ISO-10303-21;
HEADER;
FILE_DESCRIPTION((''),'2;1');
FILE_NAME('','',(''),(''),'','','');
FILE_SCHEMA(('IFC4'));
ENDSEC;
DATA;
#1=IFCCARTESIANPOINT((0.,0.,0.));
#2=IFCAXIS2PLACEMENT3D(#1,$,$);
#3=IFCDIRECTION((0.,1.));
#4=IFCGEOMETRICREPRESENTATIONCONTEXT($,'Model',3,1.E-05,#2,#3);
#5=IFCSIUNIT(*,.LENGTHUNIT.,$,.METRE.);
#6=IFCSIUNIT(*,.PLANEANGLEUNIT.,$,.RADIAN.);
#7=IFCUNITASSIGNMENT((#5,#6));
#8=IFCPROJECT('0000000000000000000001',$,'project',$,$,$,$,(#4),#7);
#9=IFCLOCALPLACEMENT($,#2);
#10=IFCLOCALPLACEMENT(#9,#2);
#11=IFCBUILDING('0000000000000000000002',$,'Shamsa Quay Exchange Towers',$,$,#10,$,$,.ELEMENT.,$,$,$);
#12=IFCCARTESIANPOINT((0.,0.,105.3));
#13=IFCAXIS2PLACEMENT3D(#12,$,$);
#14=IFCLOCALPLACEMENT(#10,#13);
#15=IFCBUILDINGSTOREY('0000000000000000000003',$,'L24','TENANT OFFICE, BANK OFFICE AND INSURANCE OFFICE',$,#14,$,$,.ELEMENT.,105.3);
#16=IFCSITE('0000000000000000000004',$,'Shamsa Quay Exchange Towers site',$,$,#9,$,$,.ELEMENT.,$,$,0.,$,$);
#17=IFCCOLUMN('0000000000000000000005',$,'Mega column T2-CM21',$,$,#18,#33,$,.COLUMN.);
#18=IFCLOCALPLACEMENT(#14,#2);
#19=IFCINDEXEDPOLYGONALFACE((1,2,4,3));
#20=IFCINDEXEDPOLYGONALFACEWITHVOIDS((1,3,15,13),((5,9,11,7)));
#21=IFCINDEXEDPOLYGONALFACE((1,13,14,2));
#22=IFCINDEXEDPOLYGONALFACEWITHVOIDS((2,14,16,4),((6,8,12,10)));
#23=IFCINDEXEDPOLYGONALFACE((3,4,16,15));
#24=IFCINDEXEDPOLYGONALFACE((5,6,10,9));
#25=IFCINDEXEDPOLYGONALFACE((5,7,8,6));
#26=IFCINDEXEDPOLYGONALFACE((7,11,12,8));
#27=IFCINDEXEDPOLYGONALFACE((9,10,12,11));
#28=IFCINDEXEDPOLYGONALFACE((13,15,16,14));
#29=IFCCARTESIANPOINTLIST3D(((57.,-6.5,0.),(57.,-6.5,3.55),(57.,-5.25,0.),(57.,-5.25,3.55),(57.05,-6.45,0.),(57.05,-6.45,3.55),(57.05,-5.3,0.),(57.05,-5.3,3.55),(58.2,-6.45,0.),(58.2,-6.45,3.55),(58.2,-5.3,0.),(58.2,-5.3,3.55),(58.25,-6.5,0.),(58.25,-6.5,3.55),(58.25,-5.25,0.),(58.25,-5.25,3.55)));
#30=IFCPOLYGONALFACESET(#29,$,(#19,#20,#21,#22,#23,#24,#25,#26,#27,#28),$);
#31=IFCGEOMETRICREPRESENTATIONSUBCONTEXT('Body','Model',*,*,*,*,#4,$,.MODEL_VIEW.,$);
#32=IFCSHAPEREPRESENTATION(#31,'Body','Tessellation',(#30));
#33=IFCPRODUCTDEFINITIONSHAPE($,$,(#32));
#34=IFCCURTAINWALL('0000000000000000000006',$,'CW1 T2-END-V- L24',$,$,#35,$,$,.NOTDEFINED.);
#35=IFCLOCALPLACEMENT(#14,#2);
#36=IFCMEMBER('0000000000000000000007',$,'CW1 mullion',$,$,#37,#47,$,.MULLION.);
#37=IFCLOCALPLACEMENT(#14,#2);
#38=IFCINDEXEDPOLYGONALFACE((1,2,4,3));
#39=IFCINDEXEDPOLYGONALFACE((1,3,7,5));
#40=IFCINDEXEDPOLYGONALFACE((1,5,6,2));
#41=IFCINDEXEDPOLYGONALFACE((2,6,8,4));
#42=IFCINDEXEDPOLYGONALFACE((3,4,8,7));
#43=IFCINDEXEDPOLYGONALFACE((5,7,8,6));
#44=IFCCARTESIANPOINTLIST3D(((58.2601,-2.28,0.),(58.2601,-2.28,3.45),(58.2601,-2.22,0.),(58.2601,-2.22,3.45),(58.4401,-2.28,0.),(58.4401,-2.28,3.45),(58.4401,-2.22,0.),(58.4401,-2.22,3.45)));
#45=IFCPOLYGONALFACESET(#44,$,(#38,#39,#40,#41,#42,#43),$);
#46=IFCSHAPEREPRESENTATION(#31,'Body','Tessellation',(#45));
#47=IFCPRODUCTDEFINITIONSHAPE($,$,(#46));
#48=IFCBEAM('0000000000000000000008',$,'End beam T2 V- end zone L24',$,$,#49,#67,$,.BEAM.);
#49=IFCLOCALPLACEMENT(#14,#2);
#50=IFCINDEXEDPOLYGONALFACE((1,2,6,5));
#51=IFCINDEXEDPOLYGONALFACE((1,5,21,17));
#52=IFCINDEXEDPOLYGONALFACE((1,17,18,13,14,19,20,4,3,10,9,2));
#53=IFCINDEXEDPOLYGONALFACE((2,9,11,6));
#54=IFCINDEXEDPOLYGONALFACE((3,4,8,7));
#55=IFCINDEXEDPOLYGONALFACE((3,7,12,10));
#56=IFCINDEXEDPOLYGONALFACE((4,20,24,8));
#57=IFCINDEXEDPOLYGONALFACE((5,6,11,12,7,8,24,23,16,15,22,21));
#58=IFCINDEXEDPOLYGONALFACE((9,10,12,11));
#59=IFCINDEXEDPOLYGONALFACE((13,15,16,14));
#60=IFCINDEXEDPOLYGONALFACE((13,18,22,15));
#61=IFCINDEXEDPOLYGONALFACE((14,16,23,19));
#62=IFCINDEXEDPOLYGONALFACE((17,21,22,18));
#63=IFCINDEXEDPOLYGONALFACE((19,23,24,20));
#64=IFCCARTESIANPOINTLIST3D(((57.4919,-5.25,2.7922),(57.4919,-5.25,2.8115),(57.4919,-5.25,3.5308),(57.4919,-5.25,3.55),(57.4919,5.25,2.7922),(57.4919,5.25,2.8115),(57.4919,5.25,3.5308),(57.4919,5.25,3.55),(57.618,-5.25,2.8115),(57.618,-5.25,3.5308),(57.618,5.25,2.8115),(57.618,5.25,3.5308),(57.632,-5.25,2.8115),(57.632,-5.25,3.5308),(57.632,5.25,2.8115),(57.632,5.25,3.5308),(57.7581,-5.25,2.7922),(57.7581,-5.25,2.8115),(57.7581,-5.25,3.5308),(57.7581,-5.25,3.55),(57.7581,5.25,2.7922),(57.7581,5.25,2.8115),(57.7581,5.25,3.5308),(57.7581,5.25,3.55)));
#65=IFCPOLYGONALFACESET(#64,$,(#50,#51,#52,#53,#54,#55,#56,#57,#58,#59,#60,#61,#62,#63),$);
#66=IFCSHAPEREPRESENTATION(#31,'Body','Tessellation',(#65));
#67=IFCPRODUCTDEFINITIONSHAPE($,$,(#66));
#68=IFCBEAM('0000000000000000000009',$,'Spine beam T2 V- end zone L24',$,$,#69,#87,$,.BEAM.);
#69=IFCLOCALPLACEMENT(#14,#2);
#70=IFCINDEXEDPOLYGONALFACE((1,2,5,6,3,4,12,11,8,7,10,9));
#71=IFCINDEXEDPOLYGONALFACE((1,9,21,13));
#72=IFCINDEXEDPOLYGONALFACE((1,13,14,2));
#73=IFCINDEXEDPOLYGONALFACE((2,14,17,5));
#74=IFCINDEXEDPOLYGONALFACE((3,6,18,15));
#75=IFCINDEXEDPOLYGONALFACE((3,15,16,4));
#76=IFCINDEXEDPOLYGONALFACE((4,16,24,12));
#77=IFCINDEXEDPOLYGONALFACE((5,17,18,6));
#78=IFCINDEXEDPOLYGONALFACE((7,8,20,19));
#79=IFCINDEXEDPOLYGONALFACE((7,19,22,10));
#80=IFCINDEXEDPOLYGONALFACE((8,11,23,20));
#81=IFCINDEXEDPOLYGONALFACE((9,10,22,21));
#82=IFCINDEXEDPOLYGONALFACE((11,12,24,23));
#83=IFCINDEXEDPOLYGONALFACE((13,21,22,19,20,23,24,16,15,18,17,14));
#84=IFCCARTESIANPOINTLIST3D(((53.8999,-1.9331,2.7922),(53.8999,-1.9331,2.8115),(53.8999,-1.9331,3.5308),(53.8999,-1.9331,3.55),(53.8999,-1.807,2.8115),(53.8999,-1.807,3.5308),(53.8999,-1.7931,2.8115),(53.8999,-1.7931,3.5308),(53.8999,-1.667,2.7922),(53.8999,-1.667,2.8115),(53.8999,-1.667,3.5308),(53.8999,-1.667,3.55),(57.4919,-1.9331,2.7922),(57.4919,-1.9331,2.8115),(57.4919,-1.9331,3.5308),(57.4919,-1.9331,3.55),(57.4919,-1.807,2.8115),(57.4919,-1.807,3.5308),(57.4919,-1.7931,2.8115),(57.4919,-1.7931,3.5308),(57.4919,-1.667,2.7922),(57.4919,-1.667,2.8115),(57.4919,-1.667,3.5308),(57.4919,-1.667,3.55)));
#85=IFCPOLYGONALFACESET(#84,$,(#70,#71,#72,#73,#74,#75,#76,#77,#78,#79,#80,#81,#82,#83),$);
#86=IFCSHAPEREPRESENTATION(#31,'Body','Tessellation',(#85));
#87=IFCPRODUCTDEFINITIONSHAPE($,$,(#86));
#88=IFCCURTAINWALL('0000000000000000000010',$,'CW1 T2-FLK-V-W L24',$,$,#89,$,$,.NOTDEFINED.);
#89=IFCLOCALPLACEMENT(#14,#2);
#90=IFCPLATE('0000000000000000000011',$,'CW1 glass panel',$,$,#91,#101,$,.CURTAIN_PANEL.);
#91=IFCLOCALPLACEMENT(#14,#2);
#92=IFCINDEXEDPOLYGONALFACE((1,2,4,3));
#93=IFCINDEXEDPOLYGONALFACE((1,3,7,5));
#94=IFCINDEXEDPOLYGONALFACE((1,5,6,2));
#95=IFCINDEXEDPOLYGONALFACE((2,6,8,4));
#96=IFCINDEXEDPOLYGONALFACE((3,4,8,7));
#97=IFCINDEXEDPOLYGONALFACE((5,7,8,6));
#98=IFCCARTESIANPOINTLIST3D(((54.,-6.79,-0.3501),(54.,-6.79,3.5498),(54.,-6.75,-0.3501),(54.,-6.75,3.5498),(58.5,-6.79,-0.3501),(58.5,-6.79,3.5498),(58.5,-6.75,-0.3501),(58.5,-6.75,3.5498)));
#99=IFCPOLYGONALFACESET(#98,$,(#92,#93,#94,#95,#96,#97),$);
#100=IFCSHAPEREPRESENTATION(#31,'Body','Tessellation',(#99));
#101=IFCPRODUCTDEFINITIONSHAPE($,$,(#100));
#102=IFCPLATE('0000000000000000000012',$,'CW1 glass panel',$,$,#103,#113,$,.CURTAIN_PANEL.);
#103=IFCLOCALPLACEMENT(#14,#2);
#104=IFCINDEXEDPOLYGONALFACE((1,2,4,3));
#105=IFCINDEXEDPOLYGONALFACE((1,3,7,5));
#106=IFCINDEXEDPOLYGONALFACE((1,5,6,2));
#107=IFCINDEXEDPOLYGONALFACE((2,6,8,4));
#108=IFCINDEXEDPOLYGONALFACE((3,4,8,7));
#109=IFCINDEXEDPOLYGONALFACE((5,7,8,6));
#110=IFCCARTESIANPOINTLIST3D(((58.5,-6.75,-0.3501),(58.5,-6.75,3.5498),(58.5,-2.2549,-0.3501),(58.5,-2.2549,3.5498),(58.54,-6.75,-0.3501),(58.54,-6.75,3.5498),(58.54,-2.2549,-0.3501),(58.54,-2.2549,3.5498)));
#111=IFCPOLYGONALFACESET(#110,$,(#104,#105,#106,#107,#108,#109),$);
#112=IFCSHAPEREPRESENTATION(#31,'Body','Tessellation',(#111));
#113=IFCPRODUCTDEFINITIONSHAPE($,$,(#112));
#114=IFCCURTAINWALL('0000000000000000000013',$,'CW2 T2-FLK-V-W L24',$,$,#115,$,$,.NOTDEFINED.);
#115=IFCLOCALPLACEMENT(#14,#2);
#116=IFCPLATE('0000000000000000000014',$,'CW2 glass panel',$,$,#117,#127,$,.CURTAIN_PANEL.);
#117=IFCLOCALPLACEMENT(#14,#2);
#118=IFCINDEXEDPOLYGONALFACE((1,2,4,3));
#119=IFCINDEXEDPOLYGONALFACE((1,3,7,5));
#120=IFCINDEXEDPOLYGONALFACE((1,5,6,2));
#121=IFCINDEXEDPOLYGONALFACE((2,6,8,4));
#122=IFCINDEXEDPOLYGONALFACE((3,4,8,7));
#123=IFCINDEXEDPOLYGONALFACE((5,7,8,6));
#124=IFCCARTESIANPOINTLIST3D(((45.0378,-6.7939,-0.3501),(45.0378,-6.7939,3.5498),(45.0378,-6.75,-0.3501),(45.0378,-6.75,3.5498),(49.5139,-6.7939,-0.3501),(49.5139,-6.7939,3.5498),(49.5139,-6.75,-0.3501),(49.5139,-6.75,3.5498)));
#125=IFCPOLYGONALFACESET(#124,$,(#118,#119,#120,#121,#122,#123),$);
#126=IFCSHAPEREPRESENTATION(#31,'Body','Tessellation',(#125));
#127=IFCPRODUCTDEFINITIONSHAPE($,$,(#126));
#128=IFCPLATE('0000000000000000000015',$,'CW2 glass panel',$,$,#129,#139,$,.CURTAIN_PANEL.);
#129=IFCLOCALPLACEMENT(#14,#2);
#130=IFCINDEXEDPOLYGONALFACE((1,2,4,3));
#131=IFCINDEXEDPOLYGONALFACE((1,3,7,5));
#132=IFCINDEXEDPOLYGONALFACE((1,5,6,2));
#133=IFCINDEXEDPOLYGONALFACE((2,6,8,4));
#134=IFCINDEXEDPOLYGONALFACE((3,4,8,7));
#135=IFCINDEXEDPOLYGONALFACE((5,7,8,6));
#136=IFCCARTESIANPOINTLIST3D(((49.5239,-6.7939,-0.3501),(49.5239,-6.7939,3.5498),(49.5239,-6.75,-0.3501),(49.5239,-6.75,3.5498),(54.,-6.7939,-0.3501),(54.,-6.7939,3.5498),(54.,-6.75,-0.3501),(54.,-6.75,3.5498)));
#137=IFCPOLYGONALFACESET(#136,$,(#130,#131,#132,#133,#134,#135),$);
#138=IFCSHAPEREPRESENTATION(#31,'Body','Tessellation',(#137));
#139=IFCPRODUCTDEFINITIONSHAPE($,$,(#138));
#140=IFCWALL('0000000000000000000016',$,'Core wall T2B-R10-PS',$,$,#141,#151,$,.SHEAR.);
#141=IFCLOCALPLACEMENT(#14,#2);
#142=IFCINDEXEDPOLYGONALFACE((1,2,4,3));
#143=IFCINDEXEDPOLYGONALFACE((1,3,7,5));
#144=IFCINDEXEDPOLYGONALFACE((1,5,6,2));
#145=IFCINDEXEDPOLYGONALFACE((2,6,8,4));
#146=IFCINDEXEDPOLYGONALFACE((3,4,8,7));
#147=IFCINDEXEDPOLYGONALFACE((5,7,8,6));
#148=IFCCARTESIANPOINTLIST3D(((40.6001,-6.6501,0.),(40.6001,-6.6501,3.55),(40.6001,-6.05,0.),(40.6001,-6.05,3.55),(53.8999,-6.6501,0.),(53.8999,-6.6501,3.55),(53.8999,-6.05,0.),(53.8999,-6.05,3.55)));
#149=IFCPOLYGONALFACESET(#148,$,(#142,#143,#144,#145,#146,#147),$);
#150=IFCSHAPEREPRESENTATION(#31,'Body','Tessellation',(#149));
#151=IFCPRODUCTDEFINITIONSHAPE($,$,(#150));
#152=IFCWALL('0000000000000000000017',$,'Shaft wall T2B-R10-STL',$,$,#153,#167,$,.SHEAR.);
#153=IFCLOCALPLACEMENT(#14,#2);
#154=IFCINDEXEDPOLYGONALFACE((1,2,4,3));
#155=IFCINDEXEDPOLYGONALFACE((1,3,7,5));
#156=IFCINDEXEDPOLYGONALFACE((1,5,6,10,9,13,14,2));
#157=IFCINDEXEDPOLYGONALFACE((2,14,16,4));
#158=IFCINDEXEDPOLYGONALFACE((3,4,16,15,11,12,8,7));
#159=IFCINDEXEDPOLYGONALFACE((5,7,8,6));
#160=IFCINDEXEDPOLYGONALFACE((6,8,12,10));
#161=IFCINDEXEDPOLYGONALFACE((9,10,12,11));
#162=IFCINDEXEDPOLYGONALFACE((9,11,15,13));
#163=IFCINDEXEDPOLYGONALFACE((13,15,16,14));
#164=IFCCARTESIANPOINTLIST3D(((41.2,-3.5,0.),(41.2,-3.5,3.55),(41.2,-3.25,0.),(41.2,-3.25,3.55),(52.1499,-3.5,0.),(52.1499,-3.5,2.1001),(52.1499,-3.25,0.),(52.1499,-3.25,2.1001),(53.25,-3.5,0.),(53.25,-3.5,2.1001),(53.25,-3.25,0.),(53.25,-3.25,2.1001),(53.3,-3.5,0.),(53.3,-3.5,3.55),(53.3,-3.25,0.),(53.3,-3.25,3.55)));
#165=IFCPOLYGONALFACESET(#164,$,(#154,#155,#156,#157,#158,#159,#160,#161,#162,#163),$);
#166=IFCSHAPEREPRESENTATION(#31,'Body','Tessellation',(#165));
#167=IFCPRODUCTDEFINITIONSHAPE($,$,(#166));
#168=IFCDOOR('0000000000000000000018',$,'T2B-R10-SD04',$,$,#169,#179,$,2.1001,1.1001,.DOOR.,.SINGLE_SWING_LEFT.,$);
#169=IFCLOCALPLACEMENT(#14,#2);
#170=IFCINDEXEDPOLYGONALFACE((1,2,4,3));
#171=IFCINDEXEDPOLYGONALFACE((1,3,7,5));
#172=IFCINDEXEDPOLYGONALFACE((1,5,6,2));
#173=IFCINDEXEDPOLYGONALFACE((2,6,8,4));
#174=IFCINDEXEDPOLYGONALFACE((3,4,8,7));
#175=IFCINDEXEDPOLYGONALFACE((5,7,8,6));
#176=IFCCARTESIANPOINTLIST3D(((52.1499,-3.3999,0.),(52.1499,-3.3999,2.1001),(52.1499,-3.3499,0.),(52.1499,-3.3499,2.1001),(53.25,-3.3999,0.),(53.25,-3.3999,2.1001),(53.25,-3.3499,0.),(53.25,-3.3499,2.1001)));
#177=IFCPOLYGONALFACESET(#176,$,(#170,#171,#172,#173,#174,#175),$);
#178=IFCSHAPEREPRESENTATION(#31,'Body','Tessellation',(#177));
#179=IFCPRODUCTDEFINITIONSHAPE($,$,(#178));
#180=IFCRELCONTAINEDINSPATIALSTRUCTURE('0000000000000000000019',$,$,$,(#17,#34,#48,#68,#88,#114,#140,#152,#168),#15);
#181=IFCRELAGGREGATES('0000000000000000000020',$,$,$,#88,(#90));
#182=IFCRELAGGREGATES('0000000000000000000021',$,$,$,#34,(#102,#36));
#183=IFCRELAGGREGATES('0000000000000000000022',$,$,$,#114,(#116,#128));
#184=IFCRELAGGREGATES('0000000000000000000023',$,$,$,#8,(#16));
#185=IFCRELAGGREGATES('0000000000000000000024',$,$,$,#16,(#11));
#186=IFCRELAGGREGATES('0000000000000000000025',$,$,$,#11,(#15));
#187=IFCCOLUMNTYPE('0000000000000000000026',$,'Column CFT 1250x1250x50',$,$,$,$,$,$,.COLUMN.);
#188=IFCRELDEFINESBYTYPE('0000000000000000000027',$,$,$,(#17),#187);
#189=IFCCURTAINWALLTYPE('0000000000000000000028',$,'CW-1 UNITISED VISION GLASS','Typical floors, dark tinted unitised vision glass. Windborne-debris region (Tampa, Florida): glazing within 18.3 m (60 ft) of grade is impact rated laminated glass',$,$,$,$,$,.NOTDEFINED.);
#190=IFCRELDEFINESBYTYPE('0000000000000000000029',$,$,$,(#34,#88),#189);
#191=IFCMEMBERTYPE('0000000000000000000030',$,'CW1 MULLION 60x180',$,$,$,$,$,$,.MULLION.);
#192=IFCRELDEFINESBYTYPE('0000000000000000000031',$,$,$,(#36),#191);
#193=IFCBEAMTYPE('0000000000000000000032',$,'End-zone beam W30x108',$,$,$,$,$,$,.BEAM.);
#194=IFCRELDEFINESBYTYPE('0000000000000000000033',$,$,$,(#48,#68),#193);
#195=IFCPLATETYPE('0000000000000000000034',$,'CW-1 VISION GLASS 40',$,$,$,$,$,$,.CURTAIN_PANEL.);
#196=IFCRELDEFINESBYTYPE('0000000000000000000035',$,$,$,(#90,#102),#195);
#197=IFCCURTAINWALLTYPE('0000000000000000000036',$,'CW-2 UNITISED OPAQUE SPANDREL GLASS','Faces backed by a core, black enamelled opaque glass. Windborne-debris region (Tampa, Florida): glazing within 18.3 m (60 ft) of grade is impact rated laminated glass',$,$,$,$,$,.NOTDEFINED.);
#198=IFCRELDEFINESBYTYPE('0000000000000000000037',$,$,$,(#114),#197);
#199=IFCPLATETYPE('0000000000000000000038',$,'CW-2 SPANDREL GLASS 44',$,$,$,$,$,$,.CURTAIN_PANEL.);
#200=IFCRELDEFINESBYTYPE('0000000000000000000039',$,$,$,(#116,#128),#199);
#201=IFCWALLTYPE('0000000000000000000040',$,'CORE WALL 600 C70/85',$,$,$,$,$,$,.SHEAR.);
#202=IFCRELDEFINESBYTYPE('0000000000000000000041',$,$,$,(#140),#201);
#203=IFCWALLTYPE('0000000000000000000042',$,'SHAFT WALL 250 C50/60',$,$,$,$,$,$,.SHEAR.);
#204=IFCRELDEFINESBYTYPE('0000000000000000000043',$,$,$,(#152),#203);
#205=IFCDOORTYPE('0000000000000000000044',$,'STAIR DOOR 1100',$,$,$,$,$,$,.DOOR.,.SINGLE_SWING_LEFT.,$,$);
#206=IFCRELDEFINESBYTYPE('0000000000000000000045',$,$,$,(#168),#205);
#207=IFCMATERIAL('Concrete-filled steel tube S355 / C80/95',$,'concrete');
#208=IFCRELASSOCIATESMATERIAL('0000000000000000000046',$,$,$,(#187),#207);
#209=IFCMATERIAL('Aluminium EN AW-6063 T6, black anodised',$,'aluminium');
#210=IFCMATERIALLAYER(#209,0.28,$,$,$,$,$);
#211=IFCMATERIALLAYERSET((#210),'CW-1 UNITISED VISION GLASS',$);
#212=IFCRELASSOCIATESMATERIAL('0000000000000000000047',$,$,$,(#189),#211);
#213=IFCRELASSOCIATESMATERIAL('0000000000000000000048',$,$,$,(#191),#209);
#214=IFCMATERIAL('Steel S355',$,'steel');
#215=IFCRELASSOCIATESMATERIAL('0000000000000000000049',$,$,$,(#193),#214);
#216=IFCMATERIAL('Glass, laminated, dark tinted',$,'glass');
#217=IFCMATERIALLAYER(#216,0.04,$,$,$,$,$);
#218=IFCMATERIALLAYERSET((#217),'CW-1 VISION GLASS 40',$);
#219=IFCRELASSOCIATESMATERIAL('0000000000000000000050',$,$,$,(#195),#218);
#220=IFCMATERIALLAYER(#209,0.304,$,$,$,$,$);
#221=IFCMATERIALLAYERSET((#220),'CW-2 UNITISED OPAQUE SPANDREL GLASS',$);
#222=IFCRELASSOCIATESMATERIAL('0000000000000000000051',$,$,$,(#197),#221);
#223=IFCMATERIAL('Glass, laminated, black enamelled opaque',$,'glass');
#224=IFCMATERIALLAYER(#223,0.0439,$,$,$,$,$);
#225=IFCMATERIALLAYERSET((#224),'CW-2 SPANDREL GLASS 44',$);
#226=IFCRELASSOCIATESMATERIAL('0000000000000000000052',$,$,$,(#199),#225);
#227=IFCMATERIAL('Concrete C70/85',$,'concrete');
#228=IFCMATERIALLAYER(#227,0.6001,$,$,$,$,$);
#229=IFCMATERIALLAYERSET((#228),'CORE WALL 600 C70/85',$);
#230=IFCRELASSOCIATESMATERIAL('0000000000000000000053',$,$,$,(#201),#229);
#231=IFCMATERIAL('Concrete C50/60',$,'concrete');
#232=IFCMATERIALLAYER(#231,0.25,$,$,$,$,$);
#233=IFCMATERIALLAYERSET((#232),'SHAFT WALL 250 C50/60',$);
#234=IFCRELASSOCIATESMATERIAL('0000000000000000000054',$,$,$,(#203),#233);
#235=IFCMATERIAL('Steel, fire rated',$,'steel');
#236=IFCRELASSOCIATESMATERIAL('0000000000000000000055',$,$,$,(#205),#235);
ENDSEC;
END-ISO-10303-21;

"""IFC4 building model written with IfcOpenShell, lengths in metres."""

from ifc_helpers import new_model, si_unit, direction, frame, frame_2d, origin, origin_2d, place, context, subcontext, project, spatial, rectangle, hollow_rectangle, i_section, extrude, material, layer, layer_set, material_profile, profile_set, type_object, element, fill, aggregate, save


model = new_model("IFC4")

# Units and contexts
model_context = context("Model", 3, precision=1e-05, world=origin(), true_north=direction((0.0, 1.0)))
body_context = subcontext(model_context, "Body", "Model", "MODEL_VIEW")
ifc_project = project(units=[si_unit("LENGTHUNIT", "METRE"), si_unit("PLANEANGLEUNIT", "RADIAN")], contexts=[model_context])

# Site, building, storey
site_placement = place(None, origin())
site = spatial("IfcSite", under=ifc_project, at=site_placement, Name="Shamsa Quay Exchange Towers site", CompositionType="ELEMENT", RefElevation=0.0)
building_placement = place(site_placement, origin())
building = spatial("IfcBuilding", under=site, at=building_placement, Name="Shamsa Quay Exchange Towers", CompositionType="ELEMENT")
storey_placement = place(building_placement, frame((0.0, 0.0, 105.3)))
storey = spatial("IfcBuildingStorey", under=building, at=storey_placement, Name="L24", Description="TENANT OFFICE, BANK OFFICE AND INSURANCE OFFICE", CompositionType="ELEMENT", Elevation=105.3)

# Column
ifc_material_1 = material(Name="Concrete-filled steel tube S355 / C80/95", Category="concrete")
ifc_material_profile_1 = material_profile(ifc_material_1, hollow_rectangle(XDim=1.25, YDim=1.25, WallThickness=0.05, at=origin_2d()), Name="CFT 1250x1250x50")
ifc_profile_set_1 = profile_set([ifc_material_profile_1], Name="Concrete-filled steel tube S355 / C80/95")
column_type = type_object("IfcColumnType", Name="Column CFT 1250x1250x50", PredefinedType="COLUMN", material=ifc_profile_set_1)
column_placement = place(storey_placement, frame((57.625, -5.875, 0.0)))
element("IfcColumn", 1, at=column_placement, inside=storey, type_object=column_type, Name="Mega column T2-CM21", PredefinedType="COLUMN", context=body_context, shape_type="SweptSolid", body=[
    extrude(hollow_rectangle(XDim=1.25, YDim=1.25, WallThickness=0.05, at=origin_2d()), origin(), (0.0, 0.0, 1.0), 3.55),
])

# Curtain wall, member
ifc_material_2 = material(Name="Aluminium EN AW-6063 T6, black anodised", Category="aluminium")
ifc_layer_1 = layer(ifc_material_2, 0.28)
ifc_layer_set_1 = layer_set([ifc_layer_1], Name="CW-1 UNITISED VISION GLASS")
curtain_wall_type_1 = type_object("IfcCurtainWallType", Name="CW-1 UNITISED VISION GLASS", Description="Typical floors, dark tinted unitised vision glass. Windborne-debris region (Tampa, Florida): glazing within 18.3 m (60 ft) of grade is impact rated laminated glass", PredefinedType="NOTDEFINED", material=ifc_layer_set_1)
curtain_wall_1_placement = place(storey_placement, origin())
curtain_wall_1 = element("IfcCurtainWall", 2, at=curtain_wall_1_placement, inside=storey, type_object=curtain_wall_type_1, Name="CW1 T2-END-V- L24", PredefinedType="NOTDEFINED")
ifc_material_profile_2 = material_profile(ifc_material_2, rectangle(XDim=0.1799, YDim=0.0601, at=origin_2d()), Name="MU60x180")
ifc_profile_set_2 = profile_set([ifc_material_profile_2], Name="Aluminium EN AW-6063 T6, black anodised")
member_type = type_object("IfcMemberType", Name="CW1 MULLION 60x180", PredefinedType="MULLION", material=ifc_profile_set_2)
member_placement = place(storey_placement, frame((58.3501, -2.25, 0.0), z_axis=(0.0, 0.0, 1.0), x_axis=(-1.0, 0.0, 0.0)))
member = element("IfcMember", 3, at=member_placement, type_object=member_type, Name="CW1 mullion", PredefinedType="MULLION", context=body_context, shape_type="SweptSolid", body=[
    extrude(rectangle(XDim=0.1799, YDim=0.0601, at=origin_2d()), origin(), (0.0, 0.0, 1.0), 3.45),
])

# Beams
ifc_material_3 = material(Name="Steel S355", Category="steel")
ifc_material_profile_3 = material_profile(ifc_material_3, i_section(OverallWidth=0.2661, OverallDepth=0.7578, WebThickness=0.0139, FlangeThickness=0.0193, at=origin_2d()), Name="W30x108")
ifc_profile_set_3 = profile_set([ifc_material_profile_3], Name="Steel S355")
beam_type = type_object("IfcBeamType", Name="End-zone beam W30x108", PredefinedType="BEAM", material=ifc_profile_set_3)
beam_1_placement = place(storey_placement, frame((57.625, -5.25, 3.1711), z_axis=(0.0, 1.0, 0.0), x_axis=(-1.0, 0.0, 0.0)))
element("IfcBeam", 4, at=beam_1_placement, inside=storey, type_object=beam_type, Name="End beam T2 V- end zone L24", PredefinedType="BEAM", context=body_context, shape_type="SweptSolid", body=[
    extrude(i_section(OverallWidth=0.2661, OverallDepth=0.7578, WebThickness=0.0139, FlangeThickness=0.0193, at=origin_2d()), origin(), (0.0, 0.0, 1.0), 10.5),
])
beam_2_placement = place(storey_placement, frame((53.8999, -1.8, 3.1711), z_axis=(1.0, 0.0, 0.0), x_axis=(0.0, 1.0, 0.0)))
element("IfcBeam", 5, at=beam_2_placement, inside=storey, type_object=beam_type, Name="Spine beam T2 V- end zone L24", PredefinedType="BEAM", context=body_context, shape_type="SweptSolid", body=[
    extrude(i_section(OverallWidth=0.2661, OverallDepth=0.7578, WebThickness=0.0139, FlangeThickness=0.0193, at=origin_2d()), origin(), (0.0, 0.0, 1.0), 3.592),
])

# Curtain wall, plate
curtain_wall_2_placement = place(storey_placement, origin())
curtain_wall_2 = element("IfcCurtainWall", 6, at=curtain_wall_2_placement, inside=storey, type_object=curtain_wall_type_1, Name="CW1 T2-FLK-V-W L24", PredefinedType="NOTDEFINED")
ifc_material_4 = material(Name="Glass, laminated, dark tinted", Category="glass")
ifc_layer_2 = layer(ifc_material_4, 0.04)
ifc_layer_set_2 = layer_set([ifc_layer_2], Name="CW-1 VISION GLASS 40")
plate_type_1 = type_object("IfcPlateType", Name="CW-1 VISION GLASS 40", PredefinedType="CURTAIN_PANEL", material=ifc_layer_set_2)
plate_1_placement = place(storey_placement, frame((56.25, -6.77, -0.3501)))
plate_1 = element("IfcPlate", 7, at=plate_1_placement, type_object=plate_type_1, Name="CW1 glass panel", PredefinedType="CURTAIN_PANEL", context=body_context, shape_type="SweptSolid", body=[
    extrude(rectangle(XDim=4.5, YDim=0.04, at=origin_2d()), origin(), (0.0, 0.0, 1.0), 3.8999),
])
aggregate(curtain_wall_2, [plate_1])

# Plate
plate_2_placement = place(storey_placement, frame((58.52, -4.5024, -0.3501), z_axis=(0.0, 0.0, 1.0), x_axis=(0.0, 1.0, 0.0)))
plate_2 = element("IfcPlate", 8, at=plate_2_placement, type_object=plate_type_1, Name="CW1 glass panel", PredefinedType="CURTAIN_PANEL", context=body_context, shape_type="SweptSolid", body=[
    extrude(rectangle(XDim=4.4951, YDim=0.04, at=origin_2d()), origin(), (0.0, 0.0, 1.0), 3.8999),
])
aggregate(curtain_wall_1, [plate_2, member])

# Curtain wall, plates
ifc_layer_3 = layer(ifc_material_2, 0.304)
ifc_layer_set_3 = layer_set([ifc_layer_3], Name="CW-2 UNITISED OPAQUE SPANDREL GLASS")
curtain_wall_type_2 = type_object("IfcCurtainWallType", Name="CW-2 UNITISED OPAQUE SPANDREL GLASS", Description="Faces backed by a core, black enamelled opaque glass. Windborne-debris region (Tampa, Florida): glazing within 18.3 m (60 ft) of grade is impact rated laminated glass", PredefinedType="NOTDEFINED", material=ifc_layer_set_3)
curtain_wall_3_placement = place(storey_placement, origin())
curtain_wall_3 = element("IfcCurtainWall", 9, at=curtain_wall_3_placement, inside=storey, type_object=curtain_wall_type_2, Name="CW2 T2-FLK-V-W L24", PredefinedType="NOTDEFINED")
ifc_material_5 = material(Name="Glass, laminated, black enamelled opaque", Category="glass")
ifc_layer_4 = layer(ifc_material_5, 0.0439)
ifc_layer_set_4 = layer_set([ifc_layer_4], Name="CW-2 SPANDREL GLASS 44")
plate_type_2 = type_object("IfcPlateType", Name="CW-2 SPANDREL GLASS 44", PredefinedType="CURTAIN_PANEL", material=ifc_layer_set_4)
plate_3_placement = place(storey_placement, frame((47.2759, -6.772, -0.3501)))
plate_3 = element("IfcPlate", 10, at=plate_3_placement, type_object=plate_type_2, Name="CW2 glass panel", PredefinedType="CURTAIN_PANEL", context=body_context, shape_type="SweptSolid", body=[
    extrude(rectangle(XDim=4.4761, YDim=0.0439, at=origin_2d()), origin(), (0.0, 0.0, 1.0), 3.8999),
])
plate_4_placement = place(storey_placement, frame((51.762, -6.772, -0.3501)))
plate_4 = element("IfcPlate", 11, at=plate_4_placement, type_object=plate_type_2, Name="CW2 glass panel", PredefinedType="CURTAIN_PANEL", context=body_context, shape_type="SweptSolid", body=[
    extrude(rectangle(XDim=4.4761, YDim=0.0439, at=origin_2d()), origin(), (0.0, 0.0, 1.0), 3.8999),
])
aggregate(curtain_wall_3, [plate_3, plate_4])

# Wall
ifc_material_6 = material(Name="Concrete C70/85", Category="concrete")
ifc_layer_5 = layer(ifc_material_6, 0.6001)
ifc_layer_set_5 = layer_set([ifc_layer_5], Name="CORE WALL 600 C70/85")
wall_type_1 = type_object("IfcWallType", Name="CORE WALL 600 C70/85", PredefinedType="SHEAR", material=ifc_layer_set_5)
wall_1_placement = place(storey_placement, frame((53.8999, -6.3501, 0.0), z_axis=(0.0, 0.0, 1.0), x_axis=(-1.0, 0.0, 0.0)))
element("IfcWall", 12, at=wall_1_placement, inside=storey, type_object=wall_type_1, Name="Core wall T2B-R10-PS", PredefinedType="SHEAR", context=body_context, shape_type="SweptSolid", body=[
    extrude(rectangle(XDim=13.2998, YDim=0.6001, at=frame_2d((6.6499, 0.0))), origin(), (0.0, 0.0, 1.0), 3.55),
])

# Wall, opening, door
ifc_material_7 = material(Name="Steel, fire rated", Category="steel")
ifc_material_8 = material(Name="Concrete C50/60", Category="concrete")
ifc_layer_6 = layer(ifc_material_8, 0.25)
ifc_layer_set_6 = layer_set([ifc_layer_6], Name="SHAFT WALL 250 C50/60")
wall_type_2 = type_object("IfcWallType", Name="SHAFT WALL 250 C50/60", PredefinedType="SHEAR", material=ifc_layer_set_6)
wall_2_placement = place(storey_placement, frame((53.3, -3.375, 0.0), z_axis=(0.0, 0.0, 1.0), x_axis=(-1.0, 0.0, 0.0)))
wall_2 = element("IfcWall", 13, at=wall_2_placement, inside=storey, type_object=wall_type_2, Name="Shaft wall T2B-R10-STL", PredefinedType="SHEAR", context=body_context, shape_type="SweptSolid", body=[
    extrude(rectangle(XDim=12.1001, YDim=0.25, at=frame_2d((6.05, 0.0))), origin(), (0.0, 0.0, 1.0), 3.55),
])
opening_1_placement = place(wall_2_placement, frame((0.05, 0.0, 0.0)))
opening_1 = element("IfcOpeningElement", 14, at=opening_1_placement, cuts=wall_2, PredefinedType="OPENING", context=body_context, shape_type="SweptSolid", body=[
    extrude(rectangle(XDim=1.1001, YDim=2.1001, at=frame_2d((0.55, 1.05))), frame((0.0, 0.135, 0.0), z_axis=(0.0, -1.0, 0.0), x_axis=(1.0, 0.0, 0.0)), (0.0, 0.0, 1.0), 0.27),
])
door_type_1 = type_object("IfcDoorType", Name="STAIR DOOR 1100", OperationType="SINGLE_SWING_LEFT", PredefinedType="DOOR", material=ifc_material_7)
door_1_placement = place(opening_1_placement, origin())
door_1 = element("IfcDoor", 15, at=door_1_placement, inside=storey, type_object=door_type_1, Name="T2B-R10-SD04", OperationType="SINGLE_SWING_LEFT", OverallHeight=2.1001, OverallWidth=1.1001, PredefinedType="DOOR", context=body_context, shape_type="SweptSolid", body=[
    extrude(rectangle(XDim=1.1001, YDim=2.1001, at=frame_2d((0.55, 1.05))), frame((0.0, 0.0249, 0.0), z_axis=(0.0, -1.0, 0.0), x_axis=(1.0, 0.0, 0.0)), (0.0, 0.0, 1.0), 0.05),
])
fill(opening_1, door_1)

save(model, "model.ifc")
